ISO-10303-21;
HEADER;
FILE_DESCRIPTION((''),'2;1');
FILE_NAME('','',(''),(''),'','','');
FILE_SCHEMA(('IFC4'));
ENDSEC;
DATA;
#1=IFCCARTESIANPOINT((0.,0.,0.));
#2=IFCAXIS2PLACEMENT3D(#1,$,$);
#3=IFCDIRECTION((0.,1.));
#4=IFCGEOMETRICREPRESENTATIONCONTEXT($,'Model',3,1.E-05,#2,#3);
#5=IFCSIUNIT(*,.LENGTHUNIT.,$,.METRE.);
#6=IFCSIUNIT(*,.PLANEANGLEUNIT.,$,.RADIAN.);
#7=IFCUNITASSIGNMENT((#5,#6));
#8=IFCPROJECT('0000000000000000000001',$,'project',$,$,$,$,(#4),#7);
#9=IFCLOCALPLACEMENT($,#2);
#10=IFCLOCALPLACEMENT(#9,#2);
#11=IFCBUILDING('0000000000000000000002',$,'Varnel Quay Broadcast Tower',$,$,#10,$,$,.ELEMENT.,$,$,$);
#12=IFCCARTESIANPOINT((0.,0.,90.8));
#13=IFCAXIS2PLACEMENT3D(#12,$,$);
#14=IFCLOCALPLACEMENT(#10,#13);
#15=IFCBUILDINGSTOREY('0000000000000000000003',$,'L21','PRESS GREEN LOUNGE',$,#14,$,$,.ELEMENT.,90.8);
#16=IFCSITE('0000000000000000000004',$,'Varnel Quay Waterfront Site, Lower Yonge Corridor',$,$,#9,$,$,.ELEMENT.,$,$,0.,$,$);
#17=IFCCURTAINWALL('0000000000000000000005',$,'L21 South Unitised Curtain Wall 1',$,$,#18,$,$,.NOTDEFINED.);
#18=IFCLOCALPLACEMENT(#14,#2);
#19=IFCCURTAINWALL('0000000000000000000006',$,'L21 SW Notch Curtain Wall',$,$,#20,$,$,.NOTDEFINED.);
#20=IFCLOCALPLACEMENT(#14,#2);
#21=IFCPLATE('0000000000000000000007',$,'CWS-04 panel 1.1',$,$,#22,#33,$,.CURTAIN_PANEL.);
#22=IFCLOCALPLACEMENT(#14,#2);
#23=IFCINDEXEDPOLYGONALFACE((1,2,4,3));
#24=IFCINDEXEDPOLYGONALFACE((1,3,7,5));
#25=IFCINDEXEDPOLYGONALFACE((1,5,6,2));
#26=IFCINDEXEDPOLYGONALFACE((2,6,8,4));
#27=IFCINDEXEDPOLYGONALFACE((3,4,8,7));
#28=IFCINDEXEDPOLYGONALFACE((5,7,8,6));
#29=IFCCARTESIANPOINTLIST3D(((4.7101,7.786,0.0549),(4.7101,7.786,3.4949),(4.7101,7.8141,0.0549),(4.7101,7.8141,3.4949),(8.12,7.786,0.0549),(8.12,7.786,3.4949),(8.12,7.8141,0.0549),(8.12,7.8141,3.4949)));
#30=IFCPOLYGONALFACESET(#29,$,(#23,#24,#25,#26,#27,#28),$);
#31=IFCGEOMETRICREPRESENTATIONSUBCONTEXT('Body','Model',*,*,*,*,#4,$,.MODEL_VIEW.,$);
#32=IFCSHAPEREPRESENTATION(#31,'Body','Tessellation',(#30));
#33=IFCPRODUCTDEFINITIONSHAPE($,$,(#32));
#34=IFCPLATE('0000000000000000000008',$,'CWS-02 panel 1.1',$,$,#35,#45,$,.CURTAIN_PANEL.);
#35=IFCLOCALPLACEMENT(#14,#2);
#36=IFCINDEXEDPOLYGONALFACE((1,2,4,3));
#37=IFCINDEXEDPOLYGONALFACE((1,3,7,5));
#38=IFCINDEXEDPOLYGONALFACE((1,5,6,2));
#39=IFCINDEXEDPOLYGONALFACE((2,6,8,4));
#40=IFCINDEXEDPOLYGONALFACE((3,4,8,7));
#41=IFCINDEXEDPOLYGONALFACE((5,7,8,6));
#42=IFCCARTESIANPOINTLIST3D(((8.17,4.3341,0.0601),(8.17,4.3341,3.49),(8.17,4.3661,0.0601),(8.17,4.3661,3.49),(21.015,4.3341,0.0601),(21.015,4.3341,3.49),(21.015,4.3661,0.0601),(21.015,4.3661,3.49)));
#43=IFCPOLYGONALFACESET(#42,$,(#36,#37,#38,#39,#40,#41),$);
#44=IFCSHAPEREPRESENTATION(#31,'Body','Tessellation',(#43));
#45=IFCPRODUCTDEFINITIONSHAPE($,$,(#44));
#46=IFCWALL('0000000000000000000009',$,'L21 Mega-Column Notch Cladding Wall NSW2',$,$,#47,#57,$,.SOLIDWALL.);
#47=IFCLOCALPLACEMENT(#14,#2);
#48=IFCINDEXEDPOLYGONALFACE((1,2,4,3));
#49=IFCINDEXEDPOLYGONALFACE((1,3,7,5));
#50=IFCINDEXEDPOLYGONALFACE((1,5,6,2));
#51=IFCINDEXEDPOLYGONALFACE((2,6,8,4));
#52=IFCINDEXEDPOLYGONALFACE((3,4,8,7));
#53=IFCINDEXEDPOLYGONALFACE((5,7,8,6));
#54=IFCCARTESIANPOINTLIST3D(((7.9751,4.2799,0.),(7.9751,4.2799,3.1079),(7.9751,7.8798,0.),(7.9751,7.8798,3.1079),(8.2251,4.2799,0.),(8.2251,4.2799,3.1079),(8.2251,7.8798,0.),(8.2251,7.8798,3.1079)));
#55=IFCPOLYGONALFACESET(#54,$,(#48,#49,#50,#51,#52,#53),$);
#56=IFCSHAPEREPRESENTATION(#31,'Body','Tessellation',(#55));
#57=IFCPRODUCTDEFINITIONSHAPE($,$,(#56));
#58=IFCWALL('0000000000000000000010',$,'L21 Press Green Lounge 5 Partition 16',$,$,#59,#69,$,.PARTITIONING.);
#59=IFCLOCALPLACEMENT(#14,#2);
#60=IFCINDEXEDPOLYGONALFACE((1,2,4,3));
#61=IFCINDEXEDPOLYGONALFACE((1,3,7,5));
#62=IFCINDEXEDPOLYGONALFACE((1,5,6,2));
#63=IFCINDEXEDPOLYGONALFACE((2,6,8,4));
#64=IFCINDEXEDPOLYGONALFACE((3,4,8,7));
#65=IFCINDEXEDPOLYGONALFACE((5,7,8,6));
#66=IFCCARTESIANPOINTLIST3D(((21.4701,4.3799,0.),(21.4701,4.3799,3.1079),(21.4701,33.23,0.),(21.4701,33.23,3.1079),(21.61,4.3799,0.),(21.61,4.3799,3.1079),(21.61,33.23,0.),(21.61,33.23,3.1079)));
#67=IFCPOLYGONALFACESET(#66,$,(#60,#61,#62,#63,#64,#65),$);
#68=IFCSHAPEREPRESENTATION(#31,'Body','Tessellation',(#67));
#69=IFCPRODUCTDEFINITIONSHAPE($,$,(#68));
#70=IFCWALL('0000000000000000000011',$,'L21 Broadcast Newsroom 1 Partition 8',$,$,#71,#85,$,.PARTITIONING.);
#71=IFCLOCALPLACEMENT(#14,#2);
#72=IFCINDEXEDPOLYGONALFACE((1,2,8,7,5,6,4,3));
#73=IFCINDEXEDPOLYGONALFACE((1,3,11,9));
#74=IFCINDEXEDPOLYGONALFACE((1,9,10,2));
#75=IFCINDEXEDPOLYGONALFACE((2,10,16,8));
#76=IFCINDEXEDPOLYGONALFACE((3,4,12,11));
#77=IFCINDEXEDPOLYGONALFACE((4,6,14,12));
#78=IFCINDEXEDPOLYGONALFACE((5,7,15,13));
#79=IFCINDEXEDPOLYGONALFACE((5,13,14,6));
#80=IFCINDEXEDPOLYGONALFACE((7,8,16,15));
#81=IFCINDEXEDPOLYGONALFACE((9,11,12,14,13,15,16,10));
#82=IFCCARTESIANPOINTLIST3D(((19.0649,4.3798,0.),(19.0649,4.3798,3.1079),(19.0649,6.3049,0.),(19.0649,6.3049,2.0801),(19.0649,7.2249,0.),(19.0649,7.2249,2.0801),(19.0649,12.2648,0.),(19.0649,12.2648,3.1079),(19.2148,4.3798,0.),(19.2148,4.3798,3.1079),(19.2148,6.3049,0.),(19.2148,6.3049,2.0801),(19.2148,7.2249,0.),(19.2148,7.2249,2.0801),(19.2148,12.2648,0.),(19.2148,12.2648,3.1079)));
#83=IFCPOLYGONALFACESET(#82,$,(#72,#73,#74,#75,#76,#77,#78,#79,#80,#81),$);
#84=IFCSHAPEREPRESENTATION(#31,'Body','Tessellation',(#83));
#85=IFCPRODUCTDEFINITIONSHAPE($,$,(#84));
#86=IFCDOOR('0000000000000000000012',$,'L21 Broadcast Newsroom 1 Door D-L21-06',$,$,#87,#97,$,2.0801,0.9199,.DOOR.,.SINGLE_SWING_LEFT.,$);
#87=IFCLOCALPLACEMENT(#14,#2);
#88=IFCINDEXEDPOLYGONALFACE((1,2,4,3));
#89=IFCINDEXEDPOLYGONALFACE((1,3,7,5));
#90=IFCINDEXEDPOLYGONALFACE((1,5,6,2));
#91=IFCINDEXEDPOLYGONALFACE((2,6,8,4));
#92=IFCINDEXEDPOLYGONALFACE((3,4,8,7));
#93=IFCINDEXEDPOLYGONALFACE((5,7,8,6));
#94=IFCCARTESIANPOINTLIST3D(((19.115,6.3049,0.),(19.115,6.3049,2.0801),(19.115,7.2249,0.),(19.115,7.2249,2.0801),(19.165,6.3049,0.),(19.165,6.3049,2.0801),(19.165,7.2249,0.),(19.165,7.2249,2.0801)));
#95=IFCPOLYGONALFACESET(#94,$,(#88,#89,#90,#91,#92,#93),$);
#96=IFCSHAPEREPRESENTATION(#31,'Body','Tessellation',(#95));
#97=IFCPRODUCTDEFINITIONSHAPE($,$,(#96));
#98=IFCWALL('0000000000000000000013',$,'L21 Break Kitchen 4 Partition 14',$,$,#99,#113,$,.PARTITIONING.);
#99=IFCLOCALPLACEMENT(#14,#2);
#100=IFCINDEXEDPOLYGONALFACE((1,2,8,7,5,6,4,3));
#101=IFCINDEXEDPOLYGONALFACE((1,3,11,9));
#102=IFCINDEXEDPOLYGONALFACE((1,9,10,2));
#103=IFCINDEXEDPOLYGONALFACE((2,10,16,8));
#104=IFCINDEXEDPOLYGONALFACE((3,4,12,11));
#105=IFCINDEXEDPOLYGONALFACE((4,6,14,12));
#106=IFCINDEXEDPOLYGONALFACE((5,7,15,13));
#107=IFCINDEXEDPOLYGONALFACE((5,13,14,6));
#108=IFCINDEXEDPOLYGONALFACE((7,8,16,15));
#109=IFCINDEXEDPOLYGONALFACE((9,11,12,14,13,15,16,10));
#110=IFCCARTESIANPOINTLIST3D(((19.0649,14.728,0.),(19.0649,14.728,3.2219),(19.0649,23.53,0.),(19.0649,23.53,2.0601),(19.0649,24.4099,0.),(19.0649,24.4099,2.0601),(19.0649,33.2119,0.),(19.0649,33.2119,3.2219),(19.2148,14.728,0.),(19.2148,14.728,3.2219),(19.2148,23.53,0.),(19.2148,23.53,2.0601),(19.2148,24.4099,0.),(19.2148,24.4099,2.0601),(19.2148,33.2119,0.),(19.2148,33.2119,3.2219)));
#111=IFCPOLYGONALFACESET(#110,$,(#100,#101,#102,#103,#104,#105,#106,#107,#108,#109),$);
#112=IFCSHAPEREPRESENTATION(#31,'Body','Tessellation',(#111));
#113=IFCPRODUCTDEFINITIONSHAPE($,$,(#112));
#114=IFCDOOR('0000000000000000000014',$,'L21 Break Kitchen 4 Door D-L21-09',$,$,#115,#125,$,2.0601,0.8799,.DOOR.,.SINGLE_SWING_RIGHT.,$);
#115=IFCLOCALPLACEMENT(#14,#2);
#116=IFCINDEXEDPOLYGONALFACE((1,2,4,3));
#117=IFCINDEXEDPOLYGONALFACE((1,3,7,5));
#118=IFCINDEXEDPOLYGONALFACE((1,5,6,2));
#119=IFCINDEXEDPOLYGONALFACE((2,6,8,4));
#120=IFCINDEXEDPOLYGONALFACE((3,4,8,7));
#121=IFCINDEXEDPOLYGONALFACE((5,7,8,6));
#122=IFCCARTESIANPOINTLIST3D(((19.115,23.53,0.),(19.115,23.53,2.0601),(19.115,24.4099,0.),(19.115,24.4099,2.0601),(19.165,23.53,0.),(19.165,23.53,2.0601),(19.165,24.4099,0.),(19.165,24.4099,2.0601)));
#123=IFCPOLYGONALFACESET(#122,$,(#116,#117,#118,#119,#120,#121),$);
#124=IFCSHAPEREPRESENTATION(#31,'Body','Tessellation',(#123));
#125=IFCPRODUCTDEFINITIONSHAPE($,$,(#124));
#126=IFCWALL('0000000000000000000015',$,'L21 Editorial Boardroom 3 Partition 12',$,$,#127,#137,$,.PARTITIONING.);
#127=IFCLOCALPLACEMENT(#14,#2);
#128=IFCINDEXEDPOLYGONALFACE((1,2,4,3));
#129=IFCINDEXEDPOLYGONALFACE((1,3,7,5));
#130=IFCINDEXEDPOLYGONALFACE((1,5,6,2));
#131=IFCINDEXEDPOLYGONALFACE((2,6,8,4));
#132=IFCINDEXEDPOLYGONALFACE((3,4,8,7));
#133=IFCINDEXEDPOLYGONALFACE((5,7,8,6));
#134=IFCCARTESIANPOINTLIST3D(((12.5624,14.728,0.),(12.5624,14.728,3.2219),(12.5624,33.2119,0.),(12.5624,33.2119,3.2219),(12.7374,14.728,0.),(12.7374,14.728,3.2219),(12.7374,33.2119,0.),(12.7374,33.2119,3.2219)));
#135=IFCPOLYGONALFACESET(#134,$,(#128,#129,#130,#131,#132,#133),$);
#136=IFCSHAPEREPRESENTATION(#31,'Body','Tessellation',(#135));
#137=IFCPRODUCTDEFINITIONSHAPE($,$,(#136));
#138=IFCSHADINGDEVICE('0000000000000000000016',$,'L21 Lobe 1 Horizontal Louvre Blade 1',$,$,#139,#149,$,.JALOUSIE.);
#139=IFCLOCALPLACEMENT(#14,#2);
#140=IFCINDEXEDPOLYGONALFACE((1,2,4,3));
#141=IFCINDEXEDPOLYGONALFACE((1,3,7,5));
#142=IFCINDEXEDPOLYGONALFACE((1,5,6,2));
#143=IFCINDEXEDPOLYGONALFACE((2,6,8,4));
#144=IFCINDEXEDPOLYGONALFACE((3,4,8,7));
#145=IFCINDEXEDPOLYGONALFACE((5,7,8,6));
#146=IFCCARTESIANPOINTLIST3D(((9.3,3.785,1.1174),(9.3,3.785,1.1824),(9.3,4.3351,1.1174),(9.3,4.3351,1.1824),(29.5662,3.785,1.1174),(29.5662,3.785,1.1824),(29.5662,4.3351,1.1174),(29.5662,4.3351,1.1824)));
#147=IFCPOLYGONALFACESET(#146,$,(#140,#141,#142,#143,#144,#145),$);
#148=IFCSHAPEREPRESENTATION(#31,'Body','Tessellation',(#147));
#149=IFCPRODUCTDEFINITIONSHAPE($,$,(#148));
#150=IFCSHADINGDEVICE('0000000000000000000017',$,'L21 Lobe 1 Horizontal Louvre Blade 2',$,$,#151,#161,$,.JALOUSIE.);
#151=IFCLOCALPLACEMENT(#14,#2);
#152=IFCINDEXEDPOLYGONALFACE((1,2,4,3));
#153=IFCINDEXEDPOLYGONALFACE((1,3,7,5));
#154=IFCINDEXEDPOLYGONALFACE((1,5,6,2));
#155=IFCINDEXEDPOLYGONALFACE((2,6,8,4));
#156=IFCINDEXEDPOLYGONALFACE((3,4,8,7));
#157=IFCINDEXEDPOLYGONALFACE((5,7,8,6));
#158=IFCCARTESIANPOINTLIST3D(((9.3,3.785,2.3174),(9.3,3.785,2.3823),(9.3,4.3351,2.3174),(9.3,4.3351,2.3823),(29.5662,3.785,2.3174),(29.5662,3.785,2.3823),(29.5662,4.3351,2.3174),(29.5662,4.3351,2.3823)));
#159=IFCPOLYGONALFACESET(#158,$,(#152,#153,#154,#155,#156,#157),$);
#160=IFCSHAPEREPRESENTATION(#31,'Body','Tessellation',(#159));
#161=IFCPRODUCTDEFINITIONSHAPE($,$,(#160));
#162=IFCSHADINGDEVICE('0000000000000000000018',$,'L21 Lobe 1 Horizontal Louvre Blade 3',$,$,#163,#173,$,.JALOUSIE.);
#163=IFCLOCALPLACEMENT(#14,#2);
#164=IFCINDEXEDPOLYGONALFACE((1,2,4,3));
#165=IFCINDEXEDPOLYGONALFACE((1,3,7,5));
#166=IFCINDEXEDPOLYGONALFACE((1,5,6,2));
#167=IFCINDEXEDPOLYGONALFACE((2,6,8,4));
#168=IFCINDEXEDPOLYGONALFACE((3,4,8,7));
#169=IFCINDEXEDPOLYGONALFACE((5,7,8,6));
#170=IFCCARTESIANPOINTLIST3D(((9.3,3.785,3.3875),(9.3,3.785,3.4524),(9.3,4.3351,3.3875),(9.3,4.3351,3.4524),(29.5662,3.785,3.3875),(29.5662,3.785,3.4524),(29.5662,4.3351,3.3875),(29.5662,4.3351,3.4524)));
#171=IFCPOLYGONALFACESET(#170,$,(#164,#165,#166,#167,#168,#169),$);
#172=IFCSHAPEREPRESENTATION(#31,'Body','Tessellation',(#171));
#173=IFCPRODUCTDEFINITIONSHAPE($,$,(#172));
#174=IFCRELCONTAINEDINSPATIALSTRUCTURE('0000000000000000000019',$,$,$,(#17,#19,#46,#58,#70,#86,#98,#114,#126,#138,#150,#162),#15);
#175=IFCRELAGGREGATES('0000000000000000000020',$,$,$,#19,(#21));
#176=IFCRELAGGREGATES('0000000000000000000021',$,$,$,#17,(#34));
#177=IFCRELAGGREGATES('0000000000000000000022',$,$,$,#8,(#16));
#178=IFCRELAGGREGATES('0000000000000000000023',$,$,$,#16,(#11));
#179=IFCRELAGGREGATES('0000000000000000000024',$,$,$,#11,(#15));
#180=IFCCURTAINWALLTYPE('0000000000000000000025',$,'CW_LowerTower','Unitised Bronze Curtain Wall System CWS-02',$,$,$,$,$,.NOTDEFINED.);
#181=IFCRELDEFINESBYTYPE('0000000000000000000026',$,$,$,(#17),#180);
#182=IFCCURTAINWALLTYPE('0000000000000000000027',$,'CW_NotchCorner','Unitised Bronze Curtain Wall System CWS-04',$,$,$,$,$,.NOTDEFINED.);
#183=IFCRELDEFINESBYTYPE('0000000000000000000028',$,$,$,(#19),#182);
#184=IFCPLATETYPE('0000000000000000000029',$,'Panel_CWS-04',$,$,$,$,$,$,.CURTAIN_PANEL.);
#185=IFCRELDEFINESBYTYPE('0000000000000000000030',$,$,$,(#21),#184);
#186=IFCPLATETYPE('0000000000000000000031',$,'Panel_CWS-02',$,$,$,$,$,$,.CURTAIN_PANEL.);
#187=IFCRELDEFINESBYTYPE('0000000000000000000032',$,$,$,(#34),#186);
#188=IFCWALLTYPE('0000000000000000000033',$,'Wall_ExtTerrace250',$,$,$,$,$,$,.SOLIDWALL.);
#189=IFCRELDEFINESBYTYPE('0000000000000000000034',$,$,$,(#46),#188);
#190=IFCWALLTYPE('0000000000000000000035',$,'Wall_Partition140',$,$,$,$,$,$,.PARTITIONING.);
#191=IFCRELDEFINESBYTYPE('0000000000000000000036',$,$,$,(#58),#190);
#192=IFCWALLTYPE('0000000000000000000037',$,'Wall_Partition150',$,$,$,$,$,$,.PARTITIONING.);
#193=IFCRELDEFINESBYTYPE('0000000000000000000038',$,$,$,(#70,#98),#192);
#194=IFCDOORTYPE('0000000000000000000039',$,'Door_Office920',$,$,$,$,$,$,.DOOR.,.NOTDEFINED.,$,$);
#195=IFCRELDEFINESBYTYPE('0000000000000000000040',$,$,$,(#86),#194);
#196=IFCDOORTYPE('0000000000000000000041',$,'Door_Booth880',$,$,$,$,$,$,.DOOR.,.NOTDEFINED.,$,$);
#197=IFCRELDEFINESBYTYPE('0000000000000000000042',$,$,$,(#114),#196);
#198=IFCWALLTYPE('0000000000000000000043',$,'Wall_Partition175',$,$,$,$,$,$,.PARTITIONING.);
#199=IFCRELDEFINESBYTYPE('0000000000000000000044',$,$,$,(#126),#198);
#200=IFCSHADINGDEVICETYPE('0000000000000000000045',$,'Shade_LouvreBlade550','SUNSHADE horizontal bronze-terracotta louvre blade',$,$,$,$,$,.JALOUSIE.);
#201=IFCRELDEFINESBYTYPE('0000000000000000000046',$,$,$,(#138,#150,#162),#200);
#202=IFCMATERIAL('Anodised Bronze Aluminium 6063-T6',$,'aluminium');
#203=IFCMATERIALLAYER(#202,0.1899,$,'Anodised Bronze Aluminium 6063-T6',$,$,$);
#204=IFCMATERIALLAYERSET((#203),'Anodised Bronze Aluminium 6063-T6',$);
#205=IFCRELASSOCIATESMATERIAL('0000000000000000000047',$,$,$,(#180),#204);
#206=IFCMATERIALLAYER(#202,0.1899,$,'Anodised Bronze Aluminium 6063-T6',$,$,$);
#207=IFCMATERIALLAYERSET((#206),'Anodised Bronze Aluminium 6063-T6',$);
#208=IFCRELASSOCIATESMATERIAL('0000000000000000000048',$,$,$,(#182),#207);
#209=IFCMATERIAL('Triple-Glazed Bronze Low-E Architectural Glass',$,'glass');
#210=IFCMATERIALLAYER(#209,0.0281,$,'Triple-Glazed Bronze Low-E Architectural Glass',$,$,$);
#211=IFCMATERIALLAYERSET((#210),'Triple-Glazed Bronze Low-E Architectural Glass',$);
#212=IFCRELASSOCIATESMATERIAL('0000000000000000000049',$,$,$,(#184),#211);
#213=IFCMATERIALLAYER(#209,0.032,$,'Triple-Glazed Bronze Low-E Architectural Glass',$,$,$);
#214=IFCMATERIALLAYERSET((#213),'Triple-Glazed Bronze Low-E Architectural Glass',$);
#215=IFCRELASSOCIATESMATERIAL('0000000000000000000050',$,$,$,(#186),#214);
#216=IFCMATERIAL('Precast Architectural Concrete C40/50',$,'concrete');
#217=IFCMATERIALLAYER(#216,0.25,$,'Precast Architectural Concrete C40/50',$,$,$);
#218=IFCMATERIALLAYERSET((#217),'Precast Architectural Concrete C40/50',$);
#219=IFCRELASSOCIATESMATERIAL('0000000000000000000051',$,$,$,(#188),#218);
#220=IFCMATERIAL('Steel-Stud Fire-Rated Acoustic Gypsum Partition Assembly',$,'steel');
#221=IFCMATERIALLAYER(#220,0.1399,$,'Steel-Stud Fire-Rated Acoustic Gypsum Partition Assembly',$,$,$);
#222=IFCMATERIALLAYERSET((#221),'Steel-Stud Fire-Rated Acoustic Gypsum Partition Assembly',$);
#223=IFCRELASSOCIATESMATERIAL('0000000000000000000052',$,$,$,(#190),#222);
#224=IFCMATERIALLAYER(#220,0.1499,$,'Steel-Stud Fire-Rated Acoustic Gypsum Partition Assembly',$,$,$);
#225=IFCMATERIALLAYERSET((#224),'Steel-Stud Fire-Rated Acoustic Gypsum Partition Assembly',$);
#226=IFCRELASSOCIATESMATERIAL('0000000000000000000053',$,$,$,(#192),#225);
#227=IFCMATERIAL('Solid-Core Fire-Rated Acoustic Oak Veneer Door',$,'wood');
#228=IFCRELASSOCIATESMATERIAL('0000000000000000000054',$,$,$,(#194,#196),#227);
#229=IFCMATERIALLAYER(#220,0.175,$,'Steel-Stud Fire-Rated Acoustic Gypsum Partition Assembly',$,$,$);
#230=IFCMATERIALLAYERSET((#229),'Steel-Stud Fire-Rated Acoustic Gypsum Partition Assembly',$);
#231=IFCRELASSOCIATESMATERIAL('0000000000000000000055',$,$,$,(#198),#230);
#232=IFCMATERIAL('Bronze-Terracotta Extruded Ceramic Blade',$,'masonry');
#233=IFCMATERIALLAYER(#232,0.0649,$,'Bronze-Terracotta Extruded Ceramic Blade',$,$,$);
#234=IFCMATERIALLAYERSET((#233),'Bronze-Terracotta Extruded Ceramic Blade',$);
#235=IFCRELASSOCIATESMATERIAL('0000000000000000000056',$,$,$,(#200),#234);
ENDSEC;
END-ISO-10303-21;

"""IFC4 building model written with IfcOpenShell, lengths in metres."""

from ifc_helpers import new_model, si_unit, direction, frame, frame_2d, origin, origin_2d, place, context, subcontext, project, spatial, rectangle, extrude, source, transform, mapped, material, layer, layer_set, type_object, type_shapes, element, fill, aggregate, save


model = new_model("IFC4")

# Units and contexts
model_context = context("Model", 3, precision=1e-05, world=origin(), true_north=direction((0.0, 1.0)))
body_context = subcontext(model_context, "Body", "Model", "MODEL_VIEW")
ifc_project = project(units=[si_unit("LENGTHUNIT", "METRE"), si_unit("PLANEANGLEUNIT", "RADIAN")], contexts=[model_context])

# Site, building, storey
site_placement = place(None, origin())
site = spatial("IfcSite", under=ifc_project, at=site_placement, Name="Varnel Quay Waterfront Site, Lower Yonge Corridor", CompositionType="ELEMENT", RefElevation=0.0)
building_placement = place(site_placement, origin())
building = spatial("IfcBuilding", under=site, at=building_placement, Name="Varnel Quay Broadcast Tower", CompositionType="ELEMENT")
storey_placement = place(building_placement, frame((0.0, 0.0, 90.8)))
storey = spatial("IfcBuildingStorey", under=building, at=storey_placement, Name="L21", Description="PRESS GREEN LOUNGE", CompositionType="ELEMENT", Elevation=90.8)

# Curtain wall
ifc_material_1 = material(Name="Anodised Bronze Aluminium 6063-T6", Category="aluminium")
ifc_layer_1 = layer(ifc_material_1, 0.1899, Name="Anodised Bronze Aluminium 6063-T6")
ifc_layer_set_1 = layer_set([ifc_layer_1], Name="Anodised Bronze Aluminium 6063-T6")
curtain_wall_type_1 = type_object("IfcCurtainWallType", Name="CW_LowerTower", Description="Unitised Bronze Curtain Wall System CWS-02", PredefinedType="NOTDEFINED", material=ifc_layer_set_1)
curtain_wall_1_placement = place(storey_placement, origin())
curtain_wall_1 = element("IfcCurtainWall", 1, at=curtain_wall_1_placement, inside=storey, type_object=curtain_wall_type_1, Name="L21 South Unitised Curtain Wall 1", PredefinedType="NOTDEFINED")

# Curtain wall
ifc_layer_2 = layer(ifc_material_1, 0.1899, Name="Anodised Bronze Aluminium 6063-T6")
ifc_layer_set_2 = layer_set([ifc_layer_2], Name="Anodised Bronze Aluminium 6063-T6")
curtain_wall_type_2 = type_object("IfcCurtainWallType", Name="CW_NotchCorner", Description="Unitised Bronze Curtain Wall System CWS-04", PredefinedType="NOTDEFINED", material=ifc_layer_set_2)
curtain_wall_2_placement = place(storey_placement, origin())
curtain_wall_2 = element("IfcCurtainWall", 2, at=curtain_wall_2_placement, inside=storey, type_object=curtain_wall_type_2, Name="L21 SW Notch Curtain Wall", PredefinedType="NOTDEFINED")

# Plates
ifc_material_2 = material(Name="Triple-Glazed Bronze Low-E Architectural Glass", Category="glass")
ifc_layer_3 = layer(ifc_material_2, 0.0281, Name="Triple-Glazed Bronze Low-E Architectural Glass")
ifc_layer_set_3 = layer_set([ifc_layer_3], Name="Triple-Glazed Bronze Low-E Architectural Glass")
plate_type_1 = type_object("IfcPlateType", Name="Panel_CWS-04", PredefinedType="CURTAIN_PANEL", material=ifc_layer_set_3)
shared_shape_1 = source(origin(), body_context, "Body", "SweptSolid", [
    extrude(rectangle(XDim=3.4099, YDim=0.0281, at=origin_2d()), origin(), (0.0, 0.0, 1.0), 3.4399),
])
type_shapes(plate_type_1, [shared_shape_1])
plate_1_placement = place(storey_placement, frame((6.415, 7.8, 0.0549), z_axis=(0.0, 0.0, 1.0), x_axis=(1.0, 0.0, 0.0)))
plate_1 = element("IfcPlate", 3, at=plate_1_placement, type_object=plate_type_1, Name="CWS-04 panel 1.1", PredefinedType="CURTAIN_PANEL", context=body_context, shape_type="MappedRepresentation", body=[
    mapped(shared_shape_1, transform((0.0, 0.0, 0.0), x_axis=(1.0, 0.0, 0.0), y_axis=(0.0, 1.0, 0.0), z_axis=(0.0, 0.0, 1.0), scale=1.0)),
])
aggregate(curtain_wall_2, [plate_1])
ifc_layer_4 = layer(ifc_material_2, 0.032, Name="Triple-Glazed Bronze Low-E Architectural Glass")
ifc_layer_set_4 = layer_set([ifc_layer_4], Name="Triple-Glazed Bronze Low-E Architectural Glass")
plate_type_2 = type_object("IfcPlateType", Name="Panel_CWS-02", PredefinedType="CURTAIN_PANEL", material=ifc_layer_set_4)
shared_shape_2 = source(origin(), body_context, "Body", "SweptSolid", [
    extrude(rectangle(XDim=12.845, YDim=0.032, at=origin_2d()), origin(), (0.0, 0.0, 1.0), 3.4299),
])
type_shapes(plate_type_2, [shared_shape_2])
plate_2_placement = place(storey_placement, frame((14.5925, 4.3501, 0.0601), z_axis=(0.0, 0.0, 1.0), x_axis=(1.0, 0.0, 0.0)))
plate_2 = element("IfcPlate", 4, at=plate_2_placement, type_object=plate_type_2, Name="CWS-02 panel 1.1", PredefinedType="CURTAIN_PANEL", context=body_context, shape_type="MappedRepresentation", body=[
    mapped(shared_shape_2, transform((0.0, 0.0, 0.0), x_axis=(1.0, 0.0, 0.0), y_axis=(0.0, 1.0, 0.0), z_axis=(0.0, 0.0, 1.0), scale=1.0)),
])
aggregate(curtain_wall_1, [plate_2])

# Walls
ifc_material_3 = material(Name="Precast Architectural Concrete C40/50", Category="concrete")
ifc_layer_5 = layer(ifc_material_3, 0.25, Name="Precast Architectural Concrete C40/50")
ifc_layer_set_5 = layer_set([ifc_layer_5], Name="Precast Architectural Concrete C40/50")
wall_type_1 = type_object("IfcWallType", Name="Wall_ExtTerrace250", PredefinedType="SOLIDWALL", material=ifc_layer_set_5)
wall_1_placement = place(storey_placement, frame((8.1001, 4.28, 0.0), z_axis=(0.0, 0.0, 1.0), x_axis=(0.0, 1.0, 0.0)))
element("IfcWall", 5, at=wall_1_placement, inside=storey, type_object=wall_type_1, Name="L21 Mega-Column Notch Cladding Wall NSW2", PredefinedType="SOLIDWALL", context=body_context, shape_type="SweptSolid", body=[
    extrude(rectangle(XDim=3.5999, YDim=0.25, at=frame_2d((1.7998, 0.0))), origin(), (0.0, 0.0, 1.0), 3.1079),
])
ifc_material_4 = material(Name="Steel-Stud Fire-Rated Acoustic Gypsum Partition Assembly", Category="steel")
ifc_layer_6 = layer(ifc_material_4, 0.1399, Name="Steel-Stud Fire-Rated Acoustic Gypsum Partition Assembly")
ifc_layer_set_6 = layer_set([ifc_layer_6], Name="Steel-Stud Fire-Rated Acoustic Gypsum Partition Assembly")
wall_type_2 = type_object("IfcWallType", Name="Wall_Partition140", PredefinedType="PARTITIONING", material=ifc_layer_set_6)
wall_2_placement = place(storey_placement, frame((21.54, 4.3799, 0.0), z_axis=(0.0, 0.0, 1.0), x_axis=(0.0, 1.0, 0.0)))
element("IfcWall", 6, at=wall_2_placement, inside=storey, type_object=wall_type_2, Name="L21 Press Green Lounge 5 Partition 16", PredefinedType="PARTITIONING", context=body_context, shape_type="SweptSolid", body=[
    extrude(rectangle(XDim=28.8501, YDim=0.1399, at=frame_2d((14.425, 0.0))), origin(), (0.0, 0.0, 1.0), 3.1079),
])

# Walls, openings, doors
ifc_layer_7 = layer(ifc_material_4, 0.1499, Name="Steel-Stud Fire-Rated Acoustic Gypsum Partition Assembly")
ifc_layer_set_7 = layer_set([ifc_layer_7], Name="Steel-Stud Fire-Rated Acoustic Gypsum Partition Assembly")
wall_type_3 = type_object("IfcWallType", Name="Wall_Partition150", PredefinedType="PARTITIONING", material=ifc_layer_set_7)
wall_3_placement = place(storey_placement, frame((19.1399, 4.3799, 0.0), z_axis=(0.0, 0.0, 1.0), x_axis=(0.0, 1.0, 0.0)))
wall_3 = element("IfcWall", 7, at=wall_3_placement, inside=storey, type_object=wall_type_3, Name="L21 Broadcast Newsroom 1 Partition 8", PredefinedType="PARTITIONING", context=body_context, shape_type="SweptSolid", body=[
    extrude(rectangle(XDim=7.885, YDim=0.1499, at=frame_2d((3.9424, 0.0))), origin(), (0.0, 0.0, 1.0), 3.1079),
])
opening_1_placement = place(wall_3_placement, frame((1.925, 0.0, 0.0)))
opening_1 = element("IfcOpeningElement", 8, at=opening_1_placement, cuts=wall_3, PredefinedType="OPENING", context=body_context, shape_type="SweptSolid", body=[
    extrude(rectangle(XDim=0.9199, YDim=2.0801, at=frame_2d((0.46, 1.04))), frame((0.0, 0.085, 0.0), z_axis=(0.0, -1.0, 0.0), x_axis=(1.0, 0.0, 0.0)), (0.0, 0.0, 1.0), 0.1699),
])
ifc_material_5 = material(Name="Solid-Core Fire-Rated Acoustic Oak Veneer Door", Category="wood")
door_type_1 = type_object("IfcDoorType", Name="Door_Office920", OperationType="NOTDEFINED", PredefinedType="DOOR", material=ifc_material_5)
shared_shape_3 = source(origin(), body_context, "Body", "SweptSolid", [
    extrude(rectangle(XDim=0.9199, YDim=2.0801, at=frame_2d((0.46, 1.04))), frame((0.0, 0.0249, 0.0), z_axis=(0.0, -1.0, 0.0), x_axis=(1.0, 0.0, 0.0)), (0.0, 0.0, 1.0), 0.05),
])
type_shapes(door_type_1, [shared_shape_3])
door_1_placement = place(opening_1_placement, origin())
door_1 = element("IfcDoor", 9, at=door_1_placement, inside=storey, type_object=door_type_1, Name="L21 Broadcast Newsroom 1 Door D-L21-06", OperationType="SINGLE_SWING_LEFT", OverallHeight=2.0801, OverallWidth=0.9199, PredefinedType="DOOR", context=body_context, shape_type="MappedRepresentation", body=[
    mapped(shared_shape_3, transform((0.0, 0.0, 0.0), x_axis=(1.0, 0.0, 0.0), y_axis=(0.0, 1.0, 0.0), z_axis=(0.0, 0.0, 1.0), scale=1.0)),
])
fill(opening_1, door_1)
wall_4_placement = place(storey_placement, frame((19.1399, 14.728, 0.0), z_axis=(0.0, 0.0, 1.0), x_axis=(0.0, 1.0, 0.0)))
wall_4 = element("IfcWall", 10, at=wall_4_placement, inside=storey, type_object=wall_type_3, Name="L21 Break Kitchen 4 Partition 14", PredefinedType="PARTITIONING", context=body_context, shape_type="SweptSolid", body=[
    extrude(rectangle(XDim=18.4839, YDim=0.1499, at=frame_2d((9.2419, 0.0))), origin(), (0.0, 0.0, 1.0), 3.2219),
])
opening_2_placement = place(wall_4_placement, frame((8.802, 0.0, 0.0)))
opening_2 = element("IfcOpeningElement", 11, at=opening_2_placement, cuts=wall_4, PredefinedType="OPENING", context=body_context, shape_type="SweptSolid", body=[
    extrude(rectangle(XDim=0.8799, YDim=2.0601, at=frame_2d((0.4399, 1.03))), frame((0.0, 0.085, 0.0), z_axis=(0.0, -1.0, 0.0), x_axis=(1.0, 0.0, 0.0)), (0.0, 0.0, 1.0), 0.1699),
])
door_type_2 = type_object("IfcDoorType", Name="Door_Booth880", OperationType="NOTDEFINED", PredefinedType="DOOR", material=ifc_material_5)
shared_shape_4 = source(origin(), body_context, "Body", "SweptSolid", [
    extrude(rectangle(XDim=0.8799, YDim=2.0601, at=frame_2d((0.4399, 1.03))), frame((0.0, 0.0249, 0.0), z_axis=(0.0, -1.0, 0.0), x_axis=(1.0, 0.0, 0.0)), (0.0, 0.0, 1.0), 0.05),
])
type_shapes(door_type_2, [shared_shape_4])
door_2_placement = place(opening_2_placement, origin())
door_2 = element("IfcDoor", 12, at=door_2_placement, inside=storey, type_object=door_type_2, Name="L21 Break Kitchen 4 Door D-L21-09", OperationType="SINGLE_SWING_RIGHT", OverallHeight=2.0601, OverallWidth=0.8799, PredefinedType="DOOR", context=body_context, shape_type="MappedRepresentation", body=[
    mapped(shared_shape_4, transform((0.0, 0.0, 0.0), x_axis=(1.0, 0.0, 0.0), y_axis=(0.0, 1.0, 0.0), z_axis=(0.0, 0.0, 1.0), scale=1.0)),
])
fill(opening_2, door_2)

# Wall
ifc_layer_8 = layer(ifc_material_4, 0.175, Name="Steel-Stud Fire-Rated Acoustic Gypsum Partition Assembly")
ifc_layer_set_8 = layer_set([ifc_layer_8], Name="Steel-Stud Fire-Rated Acoustic Gypsum Partition Assembly")
wall_type_4 = type_object("IfcWallType", Name="Wall_Partition175", PredefinedType="PARTITIONING", material=ifc_layer_set_8)
wall_5_placement = place(storey_placement, frame((12.6499, 14.728, 0.0), z_axis=(0.0, 0.0, 1.0), x_axis=(0.0, 1.0, 0.0)))
element("IfcWall", 13, at=wall_5_placement, inside=storey, type_object=wall_type_4, Name="L21 Editorial Boardroom 3 Partition 12", PredefinedType="PARTITIONING", context=body_context, shape_type="SweptSolid", body=[
    extrude(rectangle(XDim=18.4839, YDim=0.175, at=frame_2d((9.2419, 0.0))), origin(), (0.0, 0.0, 1.0), 3.2219),
])

# Shading devices
ifc_material_6 = material(Name="Bronze-Terracotta Extruded Ceramic Blade", Category="masonry")
ifc_layer_9 = layer(ifc_material_6, 0.0649, Name="Bronze-Terracotta Extruded Ceramic Blade")
ifc_layer_set_9 = layer_set([ifc_layer_9], Name="Bronze-Terracotta Extruded Ceramic Blade")
shading_device_type = type_object("IfcShadingDeviceType", Name="Shade_LouvreBlade550", Description="SUNSHADE horizontal bronze-terracotta louvre blade", PredefinedType="JALOUSIE", material=ifc_layer_set_9)
shared_shape_5 = source(origin(), body_context, "Body", "SweptSolid", [
    extrude(rectangle(XDim=20.2661, YDim=0.55, at=origin_2d()), origin(), (0.0, 0.0, 1.0), 0.0649),
])
type_shapes(shading_device_type, [shared_shape_5])
for number, where, z_axis, x_axis, name in (
    (14, (19.4331, 4.0601, 1.1174), (0.0, 0.0, 1.0), (1.0, 0.0, 0.0), "L21 Lobe 1 Horizontal Louvre Blade 1"),
    (15, (19.4331, 4.0601, 2.3174), (0.0, 0.0, 1.0), (1.0, 0.0, 0.0), "L21 Lobe 1 Horizontal Louvre Blade 2"),
    (16, (19.4331, 4.0601, 3.3875), (0.0, 0.0, 1.0), (1.0, 0.0, 0.0), "L21 Lobe 1 Horizontal Louvre Blade 3"),
):
    element("IfcShadingDevice", number, at=place(storey_placement, frame(where, z_axis=z_axis, x_axis=x_axis)), inside=storey, type_object=shading_device_type, Name=name, PredefinedType="JALOUSIE", context=body_context, shape_type="MappedRepresentation", body=[
        mapped(shared_shape_5, transform((0.0, 0.0, 0.0), x_axis=(1.0, 0.0, 0.0), y_axis=(0.0, 1.0, 0.0), z_axis=(0.0, 0.0, 1.0), scale=1.0)),
    ])

save(model, "model.ifc")
